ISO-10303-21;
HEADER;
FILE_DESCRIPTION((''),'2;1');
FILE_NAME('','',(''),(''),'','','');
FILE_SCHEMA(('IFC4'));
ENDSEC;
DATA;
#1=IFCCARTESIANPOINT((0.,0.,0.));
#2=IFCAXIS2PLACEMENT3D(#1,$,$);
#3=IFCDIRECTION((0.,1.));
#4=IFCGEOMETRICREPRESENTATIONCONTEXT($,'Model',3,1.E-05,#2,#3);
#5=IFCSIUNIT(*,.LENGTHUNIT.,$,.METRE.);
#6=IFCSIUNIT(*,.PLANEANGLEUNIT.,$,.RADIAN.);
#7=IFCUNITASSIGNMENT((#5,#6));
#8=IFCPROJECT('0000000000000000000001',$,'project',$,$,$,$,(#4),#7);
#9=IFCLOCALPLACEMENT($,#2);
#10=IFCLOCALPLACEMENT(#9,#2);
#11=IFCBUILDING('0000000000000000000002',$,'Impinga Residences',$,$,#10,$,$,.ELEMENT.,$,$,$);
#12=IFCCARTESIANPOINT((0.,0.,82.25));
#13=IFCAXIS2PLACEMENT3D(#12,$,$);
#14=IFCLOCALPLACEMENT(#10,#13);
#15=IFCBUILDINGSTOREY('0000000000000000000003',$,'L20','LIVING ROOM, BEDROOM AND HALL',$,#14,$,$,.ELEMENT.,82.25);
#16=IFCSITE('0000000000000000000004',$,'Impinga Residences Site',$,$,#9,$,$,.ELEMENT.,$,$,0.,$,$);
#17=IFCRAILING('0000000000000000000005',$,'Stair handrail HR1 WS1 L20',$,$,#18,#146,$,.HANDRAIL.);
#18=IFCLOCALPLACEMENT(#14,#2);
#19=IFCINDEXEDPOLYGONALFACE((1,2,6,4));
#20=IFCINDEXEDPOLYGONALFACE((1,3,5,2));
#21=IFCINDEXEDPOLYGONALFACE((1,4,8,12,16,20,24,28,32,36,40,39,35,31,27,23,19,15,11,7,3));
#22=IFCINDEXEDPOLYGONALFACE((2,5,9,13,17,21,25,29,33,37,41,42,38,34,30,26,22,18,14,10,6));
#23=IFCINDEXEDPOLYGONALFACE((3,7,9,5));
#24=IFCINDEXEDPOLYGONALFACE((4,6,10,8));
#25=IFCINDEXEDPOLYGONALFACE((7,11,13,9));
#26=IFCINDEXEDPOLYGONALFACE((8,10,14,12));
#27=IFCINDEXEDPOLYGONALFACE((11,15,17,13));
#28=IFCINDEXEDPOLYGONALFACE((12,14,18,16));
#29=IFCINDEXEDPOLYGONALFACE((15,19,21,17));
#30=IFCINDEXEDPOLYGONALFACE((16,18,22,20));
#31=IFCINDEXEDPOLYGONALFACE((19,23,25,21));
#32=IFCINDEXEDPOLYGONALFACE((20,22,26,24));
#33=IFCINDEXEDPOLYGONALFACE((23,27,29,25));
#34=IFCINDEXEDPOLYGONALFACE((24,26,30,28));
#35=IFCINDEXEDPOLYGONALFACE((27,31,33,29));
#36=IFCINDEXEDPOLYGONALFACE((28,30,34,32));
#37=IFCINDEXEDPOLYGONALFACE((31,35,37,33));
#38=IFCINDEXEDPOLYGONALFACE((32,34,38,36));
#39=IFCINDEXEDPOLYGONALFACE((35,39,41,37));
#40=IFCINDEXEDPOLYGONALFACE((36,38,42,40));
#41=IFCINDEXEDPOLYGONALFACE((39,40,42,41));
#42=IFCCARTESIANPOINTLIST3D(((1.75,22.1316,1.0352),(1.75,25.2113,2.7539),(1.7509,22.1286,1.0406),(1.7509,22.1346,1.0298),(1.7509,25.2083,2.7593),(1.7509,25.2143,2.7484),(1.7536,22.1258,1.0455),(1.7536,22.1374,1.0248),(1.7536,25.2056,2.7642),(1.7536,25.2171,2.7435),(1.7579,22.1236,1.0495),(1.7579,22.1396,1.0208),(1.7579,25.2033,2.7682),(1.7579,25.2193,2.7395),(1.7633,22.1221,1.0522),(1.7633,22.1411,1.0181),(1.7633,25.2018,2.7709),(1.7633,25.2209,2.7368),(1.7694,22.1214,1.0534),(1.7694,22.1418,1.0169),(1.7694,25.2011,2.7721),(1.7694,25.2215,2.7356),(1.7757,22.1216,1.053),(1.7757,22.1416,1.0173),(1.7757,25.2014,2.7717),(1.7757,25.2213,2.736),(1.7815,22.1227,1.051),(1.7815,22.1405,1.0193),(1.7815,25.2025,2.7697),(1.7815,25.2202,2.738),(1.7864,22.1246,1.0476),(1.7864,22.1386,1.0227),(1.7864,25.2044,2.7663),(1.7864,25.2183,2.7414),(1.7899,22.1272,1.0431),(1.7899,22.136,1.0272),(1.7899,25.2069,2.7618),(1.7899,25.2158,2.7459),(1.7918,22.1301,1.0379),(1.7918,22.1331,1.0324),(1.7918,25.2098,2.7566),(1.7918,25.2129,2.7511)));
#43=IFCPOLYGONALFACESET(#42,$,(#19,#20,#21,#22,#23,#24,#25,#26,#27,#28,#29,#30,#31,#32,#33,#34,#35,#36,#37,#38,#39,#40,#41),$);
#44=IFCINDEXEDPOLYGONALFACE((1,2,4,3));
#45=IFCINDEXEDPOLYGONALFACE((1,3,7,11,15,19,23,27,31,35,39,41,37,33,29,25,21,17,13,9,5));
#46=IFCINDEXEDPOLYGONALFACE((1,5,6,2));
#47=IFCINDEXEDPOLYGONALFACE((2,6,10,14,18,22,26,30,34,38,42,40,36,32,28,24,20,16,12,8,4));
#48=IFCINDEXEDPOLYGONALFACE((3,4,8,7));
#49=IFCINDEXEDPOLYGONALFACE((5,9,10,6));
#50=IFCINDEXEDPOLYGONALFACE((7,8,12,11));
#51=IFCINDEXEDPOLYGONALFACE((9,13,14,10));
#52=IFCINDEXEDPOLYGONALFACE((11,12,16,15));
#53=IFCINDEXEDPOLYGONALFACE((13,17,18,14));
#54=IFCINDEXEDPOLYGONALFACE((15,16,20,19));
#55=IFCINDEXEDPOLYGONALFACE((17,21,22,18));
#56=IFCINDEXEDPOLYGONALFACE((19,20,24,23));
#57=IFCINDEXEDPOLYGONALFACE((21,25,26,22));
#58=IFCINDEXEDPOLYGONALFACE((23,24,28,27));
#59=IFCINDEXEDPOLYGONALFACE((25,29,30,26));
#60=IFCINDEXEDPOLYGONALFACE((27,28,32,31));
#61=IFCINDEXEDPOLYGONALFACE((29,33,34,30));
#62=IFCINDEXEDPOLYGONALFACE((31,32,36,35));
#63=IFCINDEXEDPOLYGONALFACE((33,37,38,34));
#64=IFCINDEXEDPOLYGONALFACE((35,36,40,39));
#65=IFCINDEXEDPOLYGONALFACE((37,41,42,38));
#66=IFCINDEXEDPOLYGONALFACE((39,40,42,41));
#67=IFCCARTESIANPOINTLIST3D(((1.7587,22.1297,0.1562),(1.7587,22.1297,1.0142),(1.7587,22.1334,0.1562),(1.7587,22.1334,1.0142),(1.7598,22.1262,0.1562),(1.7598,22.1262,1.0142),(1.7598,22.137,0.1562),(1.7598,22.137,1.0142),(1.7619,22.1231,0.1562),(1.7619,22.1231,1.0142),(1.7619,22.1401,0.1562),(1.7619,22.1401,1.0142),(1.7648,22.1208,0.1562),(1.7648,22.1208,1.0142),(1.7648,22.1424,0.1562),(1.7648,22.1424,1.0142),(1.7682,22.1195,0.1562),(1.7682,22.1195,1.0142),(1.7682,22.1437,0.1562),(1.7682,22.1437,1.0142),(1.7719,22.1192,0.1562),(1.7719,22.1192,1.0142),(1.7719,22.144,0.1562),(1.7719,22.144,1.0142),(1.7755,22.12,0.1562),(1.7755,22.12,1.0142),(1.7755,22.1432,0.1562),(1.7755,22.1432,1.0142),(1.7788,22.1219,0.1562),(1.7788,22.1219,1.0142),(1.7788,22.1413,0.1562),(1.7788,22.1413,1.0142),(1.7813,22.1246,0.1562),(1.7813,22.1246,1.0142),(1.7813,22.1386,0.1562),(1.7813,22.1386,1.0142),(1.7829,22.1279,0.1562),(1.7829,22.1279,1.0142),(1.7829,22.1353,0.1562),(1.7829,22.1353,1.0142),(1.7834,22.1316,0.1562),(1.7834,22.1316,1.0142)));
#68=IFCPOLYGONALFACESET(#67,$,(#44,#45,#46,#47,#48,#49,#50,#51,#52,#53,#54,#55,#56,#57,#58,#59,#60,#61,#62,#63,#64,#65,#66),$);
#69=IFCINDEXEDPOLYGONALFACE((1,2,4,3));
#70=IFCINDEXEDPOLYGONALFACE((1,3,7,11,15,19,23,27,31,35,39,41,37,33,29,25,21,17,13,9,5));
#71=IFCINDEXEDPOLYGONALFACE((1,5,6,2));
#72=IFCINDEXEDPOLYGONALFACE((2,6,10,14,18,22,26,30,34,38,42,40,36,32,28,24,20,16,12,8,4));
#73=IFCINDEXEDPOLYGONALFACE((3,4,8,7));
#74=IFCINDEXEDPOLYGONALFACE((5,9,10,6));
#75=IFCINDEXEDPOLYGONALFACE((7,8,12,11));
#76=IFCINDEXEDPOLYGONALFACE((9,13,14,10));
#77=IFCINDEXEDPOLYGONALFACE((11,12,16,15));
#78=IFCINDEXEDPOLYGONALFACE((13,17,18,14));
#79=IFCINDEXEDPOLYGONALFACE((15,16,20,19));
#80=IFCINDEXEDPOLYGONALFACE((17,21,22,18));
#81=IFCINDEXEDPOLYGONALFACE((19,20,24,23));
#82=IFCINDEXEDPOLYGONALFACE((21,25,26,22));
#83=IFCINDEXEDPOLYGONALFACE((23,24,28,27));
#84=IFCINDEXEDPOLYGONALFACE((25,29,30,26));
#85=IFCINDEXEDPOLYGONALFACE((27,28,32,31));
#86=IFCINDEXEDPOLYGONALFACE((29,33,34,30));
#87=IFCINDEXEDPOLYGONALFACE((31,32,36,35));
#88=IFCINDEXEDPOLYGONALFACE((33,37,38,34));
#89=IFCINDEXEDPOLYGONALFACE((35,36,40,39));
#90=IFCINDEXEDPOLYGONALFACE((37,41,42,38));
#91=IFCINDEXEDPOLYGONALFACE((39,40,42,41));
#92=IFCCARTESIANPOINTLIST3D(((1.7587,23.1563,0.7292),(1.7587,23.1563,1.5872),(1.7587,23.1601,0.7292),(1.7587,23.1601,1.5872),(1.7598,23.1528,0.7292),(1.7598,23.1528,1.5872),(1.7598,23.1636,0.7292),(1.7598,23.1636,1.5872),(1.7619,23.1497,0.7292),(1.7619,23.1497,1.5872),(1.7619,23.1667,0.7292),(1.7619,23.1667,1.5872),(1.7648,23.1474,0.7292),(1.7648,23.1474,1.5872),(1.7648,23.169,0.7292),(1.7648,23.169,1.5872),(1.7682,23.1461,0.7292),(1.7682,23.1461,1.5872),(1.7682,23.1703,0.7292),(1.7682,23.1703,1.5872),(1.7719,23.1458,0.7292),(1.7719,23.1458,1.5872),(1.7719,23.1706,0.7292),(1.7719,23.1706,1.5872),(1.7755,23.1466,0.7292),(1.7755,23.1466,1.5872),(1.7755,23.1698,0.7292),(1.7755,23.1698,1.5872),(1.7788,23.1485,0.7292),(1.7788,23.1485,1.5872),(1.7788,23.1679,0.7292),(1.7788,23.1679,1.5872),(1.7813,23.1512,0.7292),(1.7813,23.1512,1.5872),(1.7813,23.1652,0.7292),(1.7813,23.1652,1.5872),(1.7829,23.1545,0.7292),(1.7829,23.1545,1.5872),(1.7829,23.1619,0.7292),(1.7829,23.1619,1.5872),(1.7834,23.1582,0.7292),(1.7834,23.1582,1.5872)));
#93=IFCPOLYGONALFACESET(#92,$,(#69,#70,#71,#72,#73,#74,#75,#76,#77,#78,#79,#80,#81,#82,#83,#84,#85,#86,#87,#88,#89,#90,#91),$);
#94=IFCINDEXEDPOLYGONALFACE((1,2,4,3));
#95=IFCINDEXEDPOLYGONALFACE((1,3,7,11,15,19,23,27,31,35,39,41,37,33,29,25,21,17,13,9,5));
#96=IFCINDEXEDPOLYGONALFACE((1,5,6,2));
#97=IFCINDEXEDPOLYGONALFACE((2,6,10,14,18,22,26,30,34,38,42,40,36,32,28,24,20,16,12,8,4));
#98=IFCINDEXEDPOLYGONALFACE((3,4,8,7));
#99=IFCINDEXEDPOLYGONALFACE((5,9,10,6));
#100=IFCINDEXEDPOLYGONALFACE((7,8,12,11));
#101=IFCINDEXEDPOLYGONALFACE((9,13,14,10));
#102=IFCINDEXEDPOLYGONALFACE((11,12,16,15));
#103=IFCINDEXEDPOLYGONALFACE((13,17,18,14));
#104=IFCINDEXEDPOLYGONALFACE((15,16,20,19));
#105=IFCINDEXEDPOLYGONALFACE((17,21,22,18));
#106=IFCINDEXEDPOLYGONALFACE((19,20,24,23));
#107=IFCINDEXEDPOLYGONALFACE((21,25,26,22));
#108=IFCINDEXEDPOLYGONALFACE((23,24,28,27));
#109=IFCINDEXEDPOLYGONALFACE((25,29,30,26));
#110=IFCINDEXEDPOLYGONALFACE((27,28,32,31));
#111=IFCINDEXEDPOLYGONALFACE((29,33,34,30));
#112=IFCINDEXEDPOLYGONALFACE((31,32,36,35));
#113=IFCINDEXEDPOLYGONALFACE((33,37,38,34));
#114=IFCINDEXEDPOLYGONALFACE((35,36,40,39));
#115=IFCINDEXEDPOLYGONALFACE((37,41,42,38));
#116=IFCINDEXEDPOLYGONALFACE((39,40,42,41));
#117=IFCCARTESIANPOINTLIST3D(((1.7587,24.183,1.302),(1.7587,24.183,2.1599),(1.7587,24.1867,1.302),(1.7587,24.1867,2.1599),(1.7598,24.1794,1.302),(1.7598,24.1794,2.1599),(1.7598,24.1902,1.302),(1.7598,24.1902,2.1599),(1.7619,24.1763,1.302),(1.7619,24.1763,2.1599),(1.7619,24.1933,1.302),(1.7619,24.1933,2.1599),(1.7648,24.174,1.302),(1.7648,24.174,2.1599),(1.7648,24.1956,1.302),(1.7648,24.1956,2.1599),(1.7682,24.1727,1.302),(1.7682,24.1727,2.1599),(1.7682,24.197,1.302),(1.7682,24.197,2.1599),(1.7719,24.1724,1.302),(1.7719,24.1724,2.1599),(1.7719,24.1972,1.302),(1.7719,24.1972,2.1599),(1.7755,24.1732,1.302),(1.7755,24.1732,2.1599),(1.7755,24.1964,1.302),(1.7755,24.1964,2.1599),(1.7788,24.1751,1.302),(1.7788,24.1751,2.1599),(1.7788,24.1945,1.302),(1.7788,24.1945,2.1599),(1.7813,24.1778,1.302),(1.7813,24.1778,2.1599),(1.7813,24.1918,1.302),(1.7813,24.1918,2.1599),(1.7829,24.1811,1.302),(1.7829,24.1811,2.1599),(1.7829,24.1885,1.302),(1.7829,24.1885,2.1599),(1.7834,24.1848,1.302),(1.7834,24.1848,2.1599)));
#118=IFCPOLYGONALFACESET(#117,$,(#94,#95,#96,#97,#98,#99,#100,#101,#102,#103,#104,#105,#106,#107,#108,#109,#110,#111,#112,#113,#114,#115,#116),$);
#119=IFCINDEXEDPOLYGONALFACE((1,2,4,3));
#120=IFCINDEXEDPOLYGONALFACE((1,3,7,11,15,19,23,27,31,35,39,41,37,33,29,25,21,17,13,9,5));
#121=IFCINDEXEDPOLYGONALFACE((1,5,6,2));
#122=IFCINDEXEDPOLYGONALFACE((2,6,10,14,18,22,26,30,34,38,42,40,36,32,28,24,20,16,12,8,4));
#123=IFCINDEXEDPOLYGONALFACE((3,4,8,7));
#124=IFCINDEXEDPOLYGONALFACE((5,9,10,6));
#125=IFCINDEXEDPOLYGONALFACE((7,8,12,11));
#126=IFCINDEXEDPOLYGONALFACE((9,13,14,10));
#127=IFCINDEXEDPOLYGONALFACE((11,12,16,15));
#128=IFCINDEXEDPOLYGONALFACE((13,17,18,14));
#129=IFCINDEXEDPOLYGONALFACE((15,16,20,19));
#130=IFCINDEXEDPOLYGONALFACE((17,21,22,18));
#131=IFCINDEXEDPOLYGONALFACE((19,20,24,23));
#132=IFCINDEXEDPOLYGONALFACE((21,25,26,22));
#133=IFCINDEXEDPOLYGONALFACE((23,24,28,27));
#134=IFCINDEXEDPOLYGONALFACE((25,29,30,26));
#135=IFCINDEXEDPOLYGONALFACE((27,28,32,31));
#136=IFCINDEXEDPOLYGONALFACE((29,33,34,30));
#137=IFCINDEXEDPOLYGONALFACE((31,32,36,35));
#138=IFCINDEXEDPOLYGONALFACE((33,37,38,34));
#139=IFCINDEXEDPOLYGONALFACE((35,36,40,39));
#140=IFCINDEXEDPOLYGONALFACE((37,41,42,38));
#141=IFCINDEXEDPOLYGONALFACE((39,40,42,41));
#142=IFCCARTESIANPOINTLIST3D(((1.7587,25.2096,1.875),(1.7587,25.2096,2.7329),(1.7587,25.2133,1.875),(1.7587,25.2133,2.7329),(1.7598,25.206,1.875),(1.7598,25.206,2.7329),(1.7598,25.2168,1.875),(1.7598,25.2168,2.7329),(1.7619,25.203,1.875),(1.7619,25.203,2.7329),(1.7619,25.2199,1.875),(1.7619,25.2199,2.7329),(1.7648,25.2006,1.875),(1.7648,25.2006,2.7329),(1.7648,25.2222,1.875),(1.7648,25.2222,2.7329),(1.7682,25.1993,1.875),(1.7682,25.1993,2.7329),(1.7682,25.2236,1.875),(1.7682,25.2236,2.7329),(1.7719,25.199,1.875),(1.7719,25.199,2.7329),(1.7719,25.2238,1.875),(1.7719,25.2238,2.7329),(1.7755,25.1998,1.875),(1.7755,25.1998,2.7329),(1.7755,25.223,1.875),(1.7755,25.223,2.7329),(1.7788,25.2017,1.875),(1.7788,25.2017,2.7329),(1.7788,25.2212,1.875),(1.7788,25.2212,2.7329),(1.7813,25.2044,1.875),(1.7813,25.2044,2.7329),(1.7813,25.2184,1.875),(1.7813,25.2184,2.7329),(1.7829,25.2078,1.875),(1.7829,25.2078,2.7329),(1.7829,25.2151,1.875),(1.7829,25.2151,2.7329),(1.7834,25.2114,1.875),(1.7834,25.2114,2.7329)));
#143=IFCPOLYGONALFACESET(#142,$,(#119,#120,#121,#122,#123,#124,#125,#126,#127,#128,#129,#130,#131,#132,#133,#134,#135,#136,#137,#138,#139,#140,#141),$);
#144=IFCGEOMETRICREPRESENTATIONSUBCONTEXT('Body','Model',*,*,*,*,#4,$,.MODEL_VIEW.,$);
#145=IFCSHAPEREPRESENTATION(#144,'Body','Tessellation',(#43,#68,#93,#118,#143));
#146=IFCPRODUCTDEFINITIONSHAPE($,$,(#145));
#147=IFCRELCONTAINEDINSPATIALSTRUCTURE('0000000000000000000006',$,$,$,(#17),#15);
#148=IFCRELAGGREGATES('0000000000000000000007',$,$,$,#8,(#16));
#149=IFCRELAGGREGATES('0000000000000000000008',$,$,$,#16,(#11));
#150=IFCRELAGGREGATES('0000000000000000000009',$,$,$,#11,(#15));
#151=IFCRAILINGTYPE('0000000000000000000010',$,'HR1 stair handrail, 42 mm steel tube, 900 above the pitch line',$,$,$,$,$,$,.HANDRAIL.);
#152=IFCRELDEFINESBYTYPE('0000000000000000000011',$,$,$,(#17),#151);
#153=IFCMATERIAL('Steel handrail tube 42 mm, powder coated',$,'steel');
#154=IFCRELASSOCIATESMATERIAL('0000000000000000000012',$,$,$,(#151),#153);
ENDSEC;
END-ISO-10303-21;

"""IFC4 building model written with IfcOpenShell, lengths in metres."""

from ifc_helpers import new_model, si_unit, direction, frame, origin, origin_2d, place, context, subcontext, project, spatial, circle, extrude, material, type_object, element, save


model = new_model("IFC4")

# Units and contexts
model_context = context("Model", 3, precision=1e-05, world=origin(), true_north=direction((0.0, 1.0)))
body_context = subcontext(model_context, "Body", "Model", "MODEL_VIEW")
ifc_project = project(units=[si_unit("LENGTHUNIT", "METRE"), si_unit("PLANEANGLEUNIT", "RADIAN")], contexts=[model_context])

# Site, building, storey
site_placement = place(None, origin())
site = spatial("IfcSite", under=ifc_project, at=site_placement, Name="Impinga Residences Site", CompositionType="ELEMENT", RefElevation=0.0)
building_placement = place(site_placement, origin())
building = spatial("IfcBuilding", under=site, at=building_placement, Name="Impinga Residences", CompositionType="ELEMENT")
storey_placement = place(building_placement, frame((0.0, 0.0, 82.25)))
storey = spatial("IfcBuildingStorey", under=building, at=storey_placement, Name="L20", Description="LIVING ROOM, BEDROOM AND HALL", CompositionType="ELEMENT", Elevation=82.25)

# Railing
ifc_material_1 = material(Name="Steel handrail tube 42 mm, powder coated", Category="steel")
railing_type_1 = type_object("IfcRailingType", Name="HR1 stair handrail, 42 mm steel tube, 900 above the pitch line", PredefinedType="HANDRAIL", material=ifc_material_1)
railing_1_placement = place(storey_placement, frame((1.771, 22.1316, 0.1562)))
element("IfcRailing", 1, at=railing_1_placement, inside=storey, type_object=railing_type_1, Name="Stair handrail HR1 WS1 L20", PredefinedType="HANDRAIL", context=body_context, shape_type="SweptSolid", body=[
    extrude(circle(Radius=0.021, at=origin_2d()), frame((0.0, 0.0, 0.8789), z_axis=(0.0, 0.873225, 0.487317), x_axis=(-1.0, 0.0, 0.0)), (0.0, 0.0, 1.0), 3.5269),
    extrude(circle(Radius=0.0125, at=origin_2d()), origin(), (0.0, 0.0, 1.0), 0.8579),
    extrude(circle(Radius=0.0125, at=origin_2d()), frame((0.0, 1.0266, 0.573)), (0.0, 0.0, 1.0), 0.8579),
    extrude(circle(Radius=0.0125, at=origin_2d()), frame((0.0, 2.0532, 1.1458)), (0.0, 0.0, 1.0), 0.8579),
    extrude(circle(Radius=0.0125, at=origin_2d()), frame((0.0, 3.0798, 1.7188)), (0.0, 0.0, 1.0), 0.8579),
])

save(model, "model.ifc")
